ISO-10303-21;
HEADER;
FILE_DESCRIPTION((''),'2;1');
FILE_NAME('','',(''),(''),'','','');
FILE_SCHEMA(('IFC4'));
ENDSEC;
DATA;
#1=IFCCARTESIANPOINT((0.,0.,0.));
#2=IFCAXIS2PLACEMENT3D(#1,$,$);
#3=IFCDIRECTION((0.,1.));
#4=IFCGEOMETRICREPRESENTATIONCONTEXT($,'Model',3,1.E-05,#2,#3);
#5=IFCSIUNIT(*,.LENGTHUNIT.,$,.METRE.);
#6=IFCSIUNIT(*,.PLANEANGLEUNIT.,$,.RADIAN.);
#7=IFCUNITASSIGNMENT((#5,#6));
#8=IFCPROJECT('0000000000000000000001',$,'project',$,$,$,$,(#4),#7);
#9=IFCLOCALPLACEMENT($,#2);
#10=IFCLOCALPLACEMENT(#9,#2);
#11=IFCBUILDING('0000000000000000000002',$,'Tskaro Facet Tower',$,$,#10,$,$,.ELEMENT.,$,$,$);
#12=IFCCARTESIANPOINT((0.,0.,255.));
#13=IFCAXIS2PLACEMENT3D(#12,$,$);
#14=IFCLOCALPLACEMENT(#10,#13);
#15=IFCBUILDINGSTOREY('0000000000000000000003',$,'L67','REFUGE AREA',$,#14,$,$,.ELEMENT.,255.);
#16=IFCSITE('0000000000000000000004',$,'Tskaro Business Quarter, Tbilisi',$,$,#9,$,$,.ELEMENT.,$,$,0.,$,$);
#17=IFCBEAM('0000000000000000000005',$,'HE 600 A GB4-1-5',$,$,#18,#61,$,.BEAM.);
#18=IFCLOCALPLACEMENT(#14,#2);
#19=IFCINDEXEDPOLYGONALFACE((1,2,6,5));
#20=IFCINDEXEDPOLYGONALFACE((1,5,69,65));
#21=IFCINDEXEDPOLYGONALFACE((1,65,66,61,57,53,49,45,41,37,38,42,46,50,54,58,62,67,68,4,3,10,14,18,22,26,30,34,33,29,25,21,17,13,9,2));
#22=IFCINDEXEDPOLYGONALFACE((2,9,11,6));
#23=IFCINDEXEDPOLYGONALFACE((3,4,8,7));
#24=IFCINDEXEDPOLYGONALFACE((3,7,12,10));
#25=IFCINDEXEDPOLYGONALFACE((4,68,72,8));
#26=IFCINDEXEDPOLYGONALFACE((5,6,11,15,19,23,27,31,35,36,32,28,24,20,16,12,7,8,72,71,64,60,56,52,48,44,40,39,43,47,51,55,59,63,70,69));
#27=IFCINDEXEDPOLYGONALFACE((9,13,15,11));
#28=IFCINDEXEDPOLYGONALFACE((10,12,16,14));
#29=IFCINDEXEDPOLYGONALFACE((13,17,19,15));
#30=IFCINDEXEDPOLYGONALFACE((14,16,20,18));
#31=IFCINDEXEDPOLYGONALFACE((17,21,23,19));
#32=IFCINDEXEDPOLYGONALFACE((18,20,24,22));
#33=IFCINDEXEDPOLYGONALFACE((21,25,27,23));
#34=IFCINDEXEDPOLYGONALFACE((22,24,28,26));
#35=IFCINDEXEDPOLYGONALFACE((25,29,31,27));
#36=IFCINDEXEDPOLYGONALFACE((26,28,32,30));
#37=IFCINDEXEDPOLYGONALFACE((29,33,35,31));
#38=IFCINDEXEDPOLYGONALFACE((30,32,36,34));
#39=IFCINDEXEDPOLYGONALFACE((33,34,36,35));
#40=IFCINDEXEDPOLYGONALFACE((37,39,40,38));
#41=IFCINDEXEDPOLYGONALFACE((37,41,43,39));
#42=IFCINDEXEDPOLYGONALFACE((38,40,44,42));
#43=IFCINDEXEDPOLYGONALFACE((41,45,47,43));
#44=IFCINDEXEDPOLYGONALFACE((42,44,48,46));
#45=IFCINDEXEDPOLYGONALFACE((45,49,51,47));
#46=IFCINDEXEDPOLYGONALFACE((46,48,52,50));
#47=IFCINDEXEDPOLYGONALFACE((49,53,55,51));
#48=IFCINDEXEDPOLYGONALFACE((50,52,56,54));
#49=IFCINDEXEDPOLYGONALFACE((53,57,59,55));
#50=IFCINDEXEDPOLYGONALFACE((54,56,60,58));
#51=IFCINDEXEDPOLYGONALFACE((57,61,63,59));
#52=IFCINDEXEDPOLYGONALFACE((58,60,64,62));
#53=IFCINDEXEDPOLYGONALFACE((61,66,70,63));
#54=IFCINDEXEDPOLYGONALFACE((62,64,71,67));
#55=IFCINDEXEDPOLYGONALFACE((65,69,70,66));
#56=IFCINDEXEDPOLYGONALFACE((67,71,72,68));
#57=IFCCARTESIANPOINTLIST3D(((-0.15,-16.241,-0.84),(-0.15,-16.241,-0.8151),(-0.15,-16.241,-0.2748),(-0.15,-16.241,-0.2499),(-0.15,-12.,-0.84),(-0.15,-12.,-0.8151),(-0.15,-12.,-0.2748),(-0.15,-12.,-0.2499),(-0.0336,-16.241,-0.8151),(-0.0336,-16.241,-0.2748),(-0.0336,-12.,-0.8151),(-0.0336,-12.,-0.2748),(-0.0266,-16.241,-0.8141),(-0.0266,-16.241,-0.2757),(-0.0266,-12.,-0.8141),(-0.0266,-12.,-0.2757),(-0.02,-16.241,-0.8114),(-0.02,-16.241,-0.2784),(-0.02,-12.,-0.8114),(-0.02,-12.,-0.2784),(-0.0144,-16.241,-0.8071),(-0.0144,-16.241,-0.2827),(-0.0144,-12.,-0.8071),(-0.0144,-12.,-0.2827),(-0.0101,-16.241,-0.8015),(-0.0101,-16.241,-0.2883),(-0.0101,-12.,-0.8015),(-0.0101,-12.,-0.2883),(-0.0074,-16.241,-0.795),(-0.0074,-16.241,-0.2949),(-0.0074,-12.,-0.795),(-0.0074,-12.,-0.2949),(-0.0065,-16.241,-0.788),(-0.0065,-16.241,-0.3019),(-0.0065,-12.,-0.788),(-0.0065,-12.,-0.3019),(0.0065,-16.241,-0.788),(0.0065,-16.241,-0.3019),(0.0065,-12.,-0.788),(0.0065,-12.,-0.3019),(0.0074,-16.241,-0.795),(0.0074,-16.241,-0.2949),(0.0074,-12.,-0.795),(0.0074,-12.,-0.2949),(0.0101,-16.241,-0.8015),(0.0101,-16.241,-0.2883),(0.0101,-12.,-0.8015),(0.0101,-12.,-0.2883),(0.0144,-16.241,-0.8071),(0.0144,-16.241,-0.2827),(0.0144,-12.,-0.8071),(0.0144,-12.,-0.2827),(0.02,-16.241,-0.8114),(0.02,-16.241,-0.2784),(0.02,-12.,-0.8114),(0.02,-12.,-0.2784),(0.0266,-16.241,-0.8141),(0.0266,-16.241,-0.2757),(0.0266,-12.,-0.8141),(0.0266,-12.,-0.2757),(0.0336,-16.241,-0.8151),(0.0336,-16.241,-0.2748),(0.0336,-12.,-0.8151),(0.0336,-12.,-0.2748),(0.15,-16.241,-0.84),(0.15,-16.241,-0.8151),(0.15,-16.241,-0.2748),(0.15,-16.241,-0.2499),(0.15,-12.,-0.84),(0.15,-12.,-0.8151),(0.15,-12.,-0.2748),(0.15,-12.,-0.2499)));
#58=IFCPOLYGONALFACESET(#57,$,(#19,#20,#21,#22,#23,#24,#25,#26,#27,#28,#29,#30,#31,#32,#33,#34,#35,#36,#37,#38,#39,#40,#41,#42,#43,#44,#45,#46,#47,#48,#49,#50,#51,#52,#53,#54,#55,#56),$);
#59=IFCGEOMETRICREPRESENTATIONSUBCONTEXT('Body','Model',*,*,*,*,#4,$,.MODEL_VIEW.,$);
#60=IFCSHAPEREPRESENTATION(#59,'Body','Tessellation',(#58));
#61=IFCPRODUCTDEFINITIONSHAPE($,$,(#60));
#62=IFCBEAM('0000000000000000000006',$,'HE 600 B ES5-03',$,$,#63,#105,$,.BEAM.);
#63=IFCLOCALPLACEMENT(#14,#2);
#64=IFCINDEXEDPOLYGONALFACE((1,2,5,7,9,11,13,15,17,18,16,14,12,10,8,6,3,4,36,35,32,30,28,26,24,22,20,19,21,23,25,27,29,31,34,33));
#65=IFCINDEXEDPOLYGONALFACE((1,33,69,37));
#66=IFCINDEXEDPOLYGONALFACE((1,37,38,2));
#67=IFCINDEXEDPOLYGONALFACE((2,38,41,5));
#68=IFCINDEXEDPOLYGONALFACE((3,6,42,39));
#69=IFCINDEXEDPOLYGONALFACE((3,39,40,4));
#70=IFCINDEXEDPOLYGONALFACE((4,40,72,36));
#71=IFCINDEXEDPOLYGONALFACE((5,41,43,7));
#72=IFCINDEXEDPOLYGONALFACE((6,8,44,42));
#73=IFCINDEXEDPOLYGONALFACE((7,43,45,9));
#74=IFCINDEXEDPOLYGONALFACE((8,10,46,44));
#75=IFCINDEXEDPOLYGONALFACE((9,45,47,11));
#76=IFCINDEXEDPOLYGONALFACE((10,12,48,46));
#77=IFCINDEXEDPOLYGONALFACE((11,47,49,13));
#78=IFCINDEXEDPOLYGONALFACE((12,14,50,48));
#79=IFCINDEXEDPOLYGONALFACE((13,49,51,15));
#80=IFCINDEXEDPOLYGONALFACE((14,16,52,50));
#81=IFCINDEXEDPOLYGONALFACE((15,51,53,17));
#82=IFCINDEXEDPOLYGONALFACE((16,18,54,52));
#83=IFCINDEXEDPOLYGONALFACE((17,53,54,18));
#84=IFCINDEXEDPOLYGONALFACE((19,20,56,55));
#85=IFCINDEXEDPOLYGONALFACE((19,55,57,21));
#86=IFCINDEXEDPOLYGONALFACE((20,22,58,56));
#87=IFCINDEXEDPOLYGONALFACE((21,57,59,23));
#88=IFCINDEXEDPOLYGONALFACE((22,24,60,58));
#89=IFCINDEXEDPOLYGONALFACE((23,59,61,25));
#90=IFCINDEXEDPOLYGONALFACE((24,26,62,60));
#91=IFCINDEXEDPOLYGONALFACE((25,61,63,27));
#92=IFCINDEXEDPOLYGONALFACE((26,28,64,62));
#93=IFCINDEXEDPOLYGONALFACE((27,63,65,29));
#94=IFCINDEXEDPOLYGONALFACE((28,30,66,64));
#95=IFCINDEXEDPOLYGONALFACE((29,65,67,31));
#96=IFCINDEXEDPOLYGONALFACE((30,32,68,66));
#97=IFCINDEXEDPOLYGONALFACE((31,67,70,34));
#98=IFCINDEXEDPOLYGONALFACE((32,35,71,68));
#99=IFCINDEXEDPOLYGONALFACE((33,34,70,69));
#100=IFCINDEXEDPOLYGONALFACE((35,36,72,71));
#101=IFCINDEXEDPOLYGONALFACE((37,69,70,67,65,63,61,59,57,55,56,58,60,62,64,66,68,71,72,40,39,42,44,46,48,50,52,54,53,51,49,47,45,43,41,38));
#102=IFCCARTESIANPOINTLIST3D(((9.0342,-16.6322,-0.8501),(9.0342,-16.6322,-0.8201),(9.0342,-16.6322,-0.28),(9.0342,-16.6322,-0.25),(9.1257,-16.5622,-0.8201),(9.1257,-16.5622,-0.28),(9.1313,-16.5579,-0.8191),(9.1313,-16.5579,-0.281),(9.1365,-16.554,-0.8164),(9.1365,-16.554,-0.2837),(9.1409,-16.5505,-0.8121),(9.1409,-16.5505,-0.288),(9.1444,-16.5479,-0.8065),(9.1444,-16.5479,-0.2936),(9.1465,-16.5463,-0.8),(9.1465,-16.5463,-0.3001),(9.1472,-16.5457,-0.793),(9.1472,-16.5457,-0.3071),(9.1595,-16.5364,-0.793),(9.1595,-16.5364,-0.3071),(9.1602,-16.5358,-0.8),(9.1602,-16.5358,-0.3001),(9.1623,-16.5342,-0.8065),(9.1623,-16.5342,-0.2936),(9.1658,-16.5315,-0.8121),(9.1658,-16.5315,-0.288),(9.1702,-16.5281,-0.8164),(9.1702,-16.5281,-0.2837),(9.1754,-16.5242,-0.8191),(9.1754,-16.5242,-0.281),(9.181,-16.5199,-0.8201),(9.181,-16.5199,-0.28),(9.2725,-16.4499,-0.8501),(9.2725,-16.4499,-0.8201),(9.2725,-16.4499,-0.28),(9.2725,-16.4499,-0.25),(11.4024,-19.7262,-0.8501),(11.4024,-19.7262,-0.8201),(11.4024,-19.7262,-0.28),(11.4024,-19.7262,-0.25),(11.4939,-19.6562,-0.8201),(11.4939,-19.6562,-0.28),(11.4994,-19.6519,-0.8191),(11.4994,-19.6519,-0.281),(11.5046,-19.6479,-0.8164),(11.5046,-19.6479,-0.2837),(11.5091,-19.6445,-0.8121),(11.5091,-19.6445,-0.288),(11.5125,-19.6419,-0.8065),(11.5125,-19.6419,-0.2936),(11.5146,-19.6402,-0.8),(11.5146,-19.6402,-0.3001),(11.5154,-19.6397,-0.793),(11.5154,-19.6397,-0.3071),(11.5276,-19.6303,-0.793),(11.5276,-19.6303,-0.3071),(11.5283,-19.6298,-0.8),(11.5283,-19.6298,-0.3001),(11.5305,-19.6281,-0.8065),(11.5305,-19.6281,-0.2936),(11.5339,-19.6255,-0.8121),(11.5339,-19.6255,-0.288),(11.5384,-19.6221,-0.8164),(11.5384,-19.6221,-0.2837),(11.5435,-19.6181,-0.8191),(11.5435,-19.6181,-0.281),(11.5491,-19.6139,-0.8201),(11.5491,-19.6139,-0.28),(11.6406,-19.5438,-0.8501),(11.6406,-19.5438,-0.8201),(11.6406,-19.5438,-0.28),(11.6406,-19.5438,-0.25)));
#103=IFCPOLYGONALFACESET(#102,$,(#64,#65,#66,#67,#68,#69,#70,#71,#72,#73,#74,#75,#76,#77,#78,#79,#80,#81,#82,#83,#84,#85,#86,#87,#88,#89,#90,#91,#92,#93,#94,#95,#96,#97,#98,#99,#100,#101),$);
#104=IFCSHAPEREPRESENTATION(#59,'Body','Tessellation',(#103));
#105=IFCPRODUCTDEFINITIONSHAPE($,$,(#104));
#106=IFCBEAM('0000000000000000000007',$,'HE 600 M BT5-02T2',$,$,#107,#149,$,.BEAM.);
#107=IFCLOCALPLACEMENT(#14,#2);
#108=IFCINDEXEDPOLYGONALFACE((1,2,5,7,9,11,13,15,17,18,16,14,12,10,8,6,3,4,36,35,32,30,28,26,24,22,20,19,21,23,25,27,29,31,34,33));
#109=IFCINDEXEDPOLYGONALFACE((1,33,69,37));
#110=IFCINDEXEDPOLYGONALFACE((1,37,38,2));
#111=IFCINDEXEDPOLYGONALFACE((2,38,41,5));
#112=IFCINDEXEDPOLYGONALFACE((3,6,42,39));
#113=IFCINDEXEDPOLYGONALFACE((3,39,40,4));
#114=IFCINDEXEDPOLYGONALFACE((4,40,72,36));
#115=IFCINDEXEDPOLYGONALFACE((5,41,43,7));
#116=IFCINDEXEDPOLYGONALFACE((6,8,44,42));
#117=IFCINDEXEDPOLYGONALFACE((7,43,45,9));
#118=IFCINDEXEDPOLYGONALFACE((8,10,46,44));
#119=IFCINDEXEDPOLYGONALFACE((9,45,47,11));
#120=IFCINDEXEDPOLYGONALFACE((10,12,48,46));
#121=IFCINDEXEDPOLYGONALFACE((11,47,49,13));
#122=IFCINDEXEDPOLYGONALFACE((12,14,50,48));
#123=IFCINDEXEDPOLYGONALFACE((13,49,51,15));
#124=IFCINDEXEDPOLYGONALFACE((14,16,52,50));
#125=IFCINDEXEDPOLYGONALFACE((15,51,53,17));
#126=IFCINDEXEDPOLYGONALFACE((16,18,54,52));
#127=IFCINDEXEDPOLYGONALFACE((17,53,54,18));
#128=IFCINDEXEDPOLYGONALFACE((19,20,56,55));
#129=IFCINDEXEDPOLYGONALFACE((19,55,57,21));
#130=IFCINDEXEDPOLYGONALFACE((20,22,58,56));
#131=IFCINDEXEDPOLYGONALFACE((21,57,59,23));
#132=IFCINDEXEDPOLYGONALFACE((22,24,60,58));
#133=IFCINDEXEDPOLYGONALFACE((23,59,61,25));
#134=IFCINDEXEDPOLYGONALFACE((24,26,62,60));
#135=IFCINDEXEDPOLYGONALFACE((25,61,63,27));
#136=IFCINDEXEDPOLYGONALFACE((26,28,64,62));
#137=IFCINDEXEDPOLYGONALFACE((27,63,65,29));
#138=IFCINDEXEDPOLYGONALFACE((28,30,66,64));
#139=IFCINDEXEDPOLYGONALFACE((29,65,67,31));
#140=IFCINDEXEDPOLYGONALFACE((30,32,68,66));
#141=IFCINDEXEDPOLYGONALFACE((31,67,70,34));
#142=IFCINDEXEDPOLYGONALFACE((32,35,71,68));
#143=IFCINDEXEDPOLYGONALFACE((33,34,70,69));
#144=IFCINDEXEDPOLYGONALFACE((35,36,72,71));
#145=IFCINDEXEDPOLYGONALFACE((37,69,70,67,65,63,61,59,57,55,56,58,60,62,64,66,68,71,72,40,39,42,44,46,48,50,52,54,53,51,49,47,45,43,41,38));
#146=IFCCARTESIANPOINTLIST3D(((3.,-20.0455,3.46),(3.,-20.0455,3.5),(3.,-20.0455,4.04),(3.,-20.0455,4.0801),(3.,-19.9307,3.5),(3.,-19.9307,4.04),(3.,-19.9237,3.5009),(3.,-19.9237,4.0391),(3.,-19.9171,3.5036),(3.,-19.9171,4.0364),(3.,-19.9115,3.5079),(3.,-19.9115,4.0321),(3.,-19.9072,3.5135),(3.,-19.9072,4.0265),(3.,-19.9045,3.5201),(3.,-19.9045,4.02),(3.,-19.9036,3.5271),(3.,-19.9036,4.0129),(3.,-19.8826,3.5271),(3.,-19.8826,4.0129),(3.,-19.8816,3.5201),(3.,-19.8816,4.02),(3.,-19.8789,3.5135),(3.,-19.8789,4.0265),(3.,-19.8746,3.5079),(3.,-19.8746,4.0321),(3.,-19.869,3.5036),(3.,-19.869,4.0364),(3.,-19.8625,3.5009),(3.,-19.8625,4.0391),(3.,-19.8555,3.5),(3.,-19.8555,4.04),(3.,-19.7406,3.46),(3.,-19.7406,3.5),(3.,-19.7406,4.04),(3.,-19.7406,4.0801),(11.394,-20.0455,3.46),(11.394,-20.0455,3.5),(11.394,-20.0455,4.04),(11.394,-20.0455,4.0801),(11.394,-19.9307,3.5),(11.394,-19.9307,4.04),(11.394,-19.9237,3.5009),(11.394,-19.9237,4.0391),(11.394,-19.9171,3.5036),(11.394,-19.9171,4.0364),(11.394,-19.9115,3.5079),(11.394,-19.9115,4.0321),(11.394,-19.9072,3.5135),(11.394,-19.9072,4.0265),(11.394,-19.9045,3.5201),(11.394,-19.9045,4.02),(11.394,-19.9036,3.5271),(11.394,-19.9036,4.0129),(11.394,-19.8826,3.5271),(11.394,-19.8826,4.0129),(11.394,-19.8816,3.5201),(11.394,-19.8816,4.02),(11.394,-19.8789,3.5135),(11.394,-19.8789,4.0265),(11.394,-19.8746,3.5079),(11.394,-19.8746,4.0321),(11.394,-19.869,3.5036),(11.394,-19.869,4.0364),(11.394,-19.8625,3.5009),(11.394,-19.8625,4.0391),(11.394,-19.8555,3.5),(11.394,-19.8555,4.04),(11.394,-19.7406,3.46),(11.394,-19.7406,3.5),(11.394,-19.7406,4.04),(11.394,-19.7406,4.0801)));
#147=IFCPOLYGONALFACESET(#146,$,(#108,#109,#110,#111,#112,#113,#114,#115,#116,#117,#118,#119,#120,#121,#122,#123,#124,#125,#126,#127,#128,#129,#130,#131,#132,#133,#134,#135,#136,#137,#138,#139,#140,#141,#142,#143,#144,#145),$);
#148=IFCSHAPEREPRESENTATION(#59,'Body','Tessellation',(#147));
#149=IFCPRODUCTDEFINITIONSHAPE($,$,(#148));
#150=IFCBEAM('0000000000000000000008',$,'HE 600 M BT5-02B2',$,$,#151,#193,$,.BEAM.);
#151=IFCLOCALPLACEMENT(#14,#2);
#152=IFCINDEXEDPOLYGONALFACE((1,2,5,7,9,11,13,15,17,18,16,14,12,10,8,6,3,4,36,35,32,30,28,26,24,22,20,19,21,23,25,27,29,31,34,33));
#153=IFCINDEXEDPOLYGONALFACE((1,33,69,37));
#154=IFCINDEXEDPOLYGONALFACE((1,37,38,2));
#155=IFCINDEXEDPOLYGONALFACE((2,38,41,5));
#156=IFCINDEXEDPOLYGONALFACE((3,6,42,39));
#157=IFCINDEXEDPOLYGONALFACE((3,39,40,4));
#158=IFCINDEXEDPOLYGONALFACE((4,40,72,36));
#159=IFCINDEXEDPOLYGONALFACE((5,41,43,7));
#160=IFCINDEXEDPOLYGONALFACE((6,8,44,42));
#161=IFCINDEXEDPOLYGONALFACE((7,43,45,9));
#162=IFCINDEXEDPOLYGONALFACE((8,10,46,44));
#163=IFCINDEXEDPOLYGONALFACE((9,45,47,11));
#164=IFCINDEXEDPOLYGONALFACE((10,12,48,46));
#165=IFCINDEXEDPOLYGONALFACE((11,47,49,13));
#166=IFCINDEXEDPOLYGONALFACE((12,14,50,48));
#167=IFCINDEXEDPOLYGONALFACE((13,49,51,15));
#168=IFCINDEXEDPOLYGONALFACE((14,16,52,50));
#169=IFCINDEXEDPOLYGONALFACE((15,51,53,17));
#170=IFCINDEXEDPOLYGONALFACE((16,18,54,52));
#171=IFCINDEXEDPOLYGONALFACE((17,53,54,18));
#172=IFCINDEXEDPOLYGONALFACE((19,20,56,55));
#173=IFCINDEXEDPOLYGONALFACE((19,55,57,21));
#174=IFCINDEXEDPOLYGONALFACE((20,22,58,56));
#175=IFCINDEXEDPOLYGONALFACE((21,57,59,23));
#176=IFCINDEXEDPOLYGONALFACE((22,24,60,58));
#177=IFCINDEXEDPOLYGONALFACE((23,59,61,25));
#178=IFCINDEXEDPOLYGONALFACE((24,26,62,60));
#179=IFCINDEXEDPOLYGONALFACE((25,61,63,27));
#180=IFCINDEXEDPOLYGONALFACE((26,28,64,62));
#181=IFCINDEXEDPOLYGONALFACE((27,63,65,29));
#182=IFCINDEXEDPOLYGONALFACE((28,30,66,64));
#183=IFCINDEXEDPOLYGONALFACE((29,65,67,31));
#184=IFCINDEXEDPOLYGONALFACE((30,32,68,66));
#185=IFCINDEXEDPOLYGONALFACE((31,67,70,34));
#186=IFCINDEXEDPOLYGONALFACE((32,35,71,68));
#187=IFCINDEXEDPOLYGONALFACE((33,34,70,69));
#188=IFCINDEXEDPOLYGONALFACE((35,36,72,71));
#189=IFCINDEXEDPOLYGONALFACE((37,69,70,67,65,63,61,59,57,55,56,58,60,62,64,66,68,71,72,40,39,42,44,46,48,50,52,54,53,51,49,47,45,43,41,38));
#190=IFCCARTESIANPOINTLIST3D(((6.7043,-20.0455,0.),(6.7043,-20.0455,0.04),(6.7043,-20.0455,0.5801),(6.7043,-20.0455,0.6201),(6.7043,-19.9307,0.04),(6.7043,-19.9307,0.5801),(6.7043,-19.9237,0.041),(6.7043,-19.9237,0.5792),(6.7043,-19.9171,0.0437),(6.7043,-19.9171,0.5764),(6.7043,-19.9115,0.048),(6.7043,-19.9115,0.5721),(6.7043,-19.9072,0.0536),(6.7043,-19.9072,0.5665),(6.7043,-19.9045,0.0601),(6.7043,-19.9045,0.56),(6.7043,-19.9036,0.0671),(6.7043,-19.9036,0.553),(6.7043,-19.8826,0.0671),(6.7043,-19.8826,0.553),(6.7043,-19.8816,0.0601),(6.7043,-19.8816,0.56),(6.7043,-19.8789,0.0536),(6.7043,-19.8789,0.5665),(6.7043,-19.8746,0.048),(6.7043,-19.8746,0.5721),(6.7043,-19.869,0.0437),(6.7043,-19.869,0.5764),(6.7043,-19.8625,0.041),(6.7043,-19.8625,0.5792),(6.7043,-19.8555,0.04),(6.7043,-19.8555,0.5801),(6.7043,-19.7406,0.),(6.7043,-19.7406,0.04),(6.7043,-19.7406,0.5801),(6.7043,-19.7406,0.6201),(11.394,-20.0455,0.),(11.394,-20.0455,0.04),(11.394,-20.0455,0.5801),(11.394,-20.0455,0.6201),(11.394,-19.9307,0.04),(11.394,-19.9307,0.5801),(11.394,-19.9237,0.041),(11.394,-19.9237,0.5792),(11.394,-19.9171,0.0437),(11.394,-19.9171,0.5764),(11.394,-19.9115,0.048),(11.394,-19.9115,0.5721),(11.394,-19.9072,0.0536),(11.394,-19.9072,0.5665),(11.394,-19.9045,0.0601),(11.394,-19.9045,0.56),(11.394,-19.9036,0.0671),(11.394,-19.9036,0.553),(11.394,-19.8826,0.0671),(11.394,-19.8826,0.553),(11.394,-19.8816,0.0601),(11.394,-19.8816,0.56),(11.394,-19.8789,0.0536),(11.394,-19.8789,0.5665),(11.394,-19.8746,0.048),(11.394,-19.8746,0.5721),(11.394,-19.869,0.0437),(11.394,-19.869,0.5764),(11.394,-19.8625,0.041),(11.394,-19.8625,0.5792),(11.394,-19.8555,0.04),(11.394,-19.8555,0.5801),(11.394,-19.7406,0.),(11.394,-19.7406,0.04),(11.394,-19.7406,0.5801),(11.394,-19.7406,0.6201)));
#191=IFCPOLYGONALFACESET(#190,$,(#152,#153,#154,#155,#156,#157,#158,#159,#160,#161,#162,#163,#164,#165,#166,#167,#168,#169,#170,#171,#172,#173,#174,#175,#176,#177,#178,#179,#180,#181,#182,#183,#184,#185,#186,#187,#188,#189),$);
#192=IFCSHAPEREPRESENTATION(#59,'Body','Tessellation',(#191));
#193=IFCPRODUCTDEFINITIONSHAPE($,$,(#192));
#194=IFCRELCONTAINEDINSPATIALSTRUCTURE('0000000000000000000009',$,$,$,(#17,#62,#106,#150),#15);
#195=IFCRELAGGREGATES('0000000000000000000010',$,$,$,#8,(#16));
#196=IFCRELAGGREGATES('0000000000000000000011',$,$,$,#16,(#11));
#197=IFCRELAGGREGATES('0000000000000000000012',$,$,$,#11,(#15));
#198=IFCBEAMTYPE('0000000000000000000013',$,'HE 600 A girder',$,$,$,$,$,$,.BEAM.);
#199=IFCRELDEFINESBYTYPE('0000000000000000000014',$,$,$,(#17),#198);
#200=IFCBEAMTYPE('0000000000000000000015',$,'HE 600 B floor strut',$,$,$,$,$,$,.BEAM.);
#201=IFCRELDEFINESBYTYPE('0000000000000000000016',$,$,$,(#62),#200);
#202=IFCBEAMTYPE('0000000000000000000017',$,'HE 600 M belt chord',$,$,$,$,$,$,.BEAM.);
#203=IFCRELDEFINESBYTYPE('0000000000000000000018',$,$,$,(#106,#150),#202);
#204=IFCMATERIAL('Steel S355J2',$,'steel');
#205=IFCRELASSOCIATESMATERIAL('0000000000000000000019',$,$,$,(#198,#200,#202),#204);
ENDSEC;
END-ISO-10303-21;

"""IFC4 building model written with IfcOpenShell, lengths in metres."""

from ifc_helpers import new_model, si_unit, direction, frame, origin, origin_2d, place, context, subcontext, project, spatial, i_section, extrude, material, material_profile, profile_set, type_object, element, save


model = new_model("IFC4")

# Units and contexts
model_context = context("Model", 3, precision=1e-05, world=origin(), true_north=direction((0.0, 1.0)))
body_context = subcontext(model_context, "Body", "Model", "MODEL_VIEW")
ifc_project = project(units=[si_unit("LENGTHUNIT", "METRE"), si_unit("PLANEANGLEUNIT", "RADIAN")], contexts=[model_context])

# Site, building, storey
site_placement = place(None, origin())
site = spatial("IfcSite", under=ifc_project, at=site_placement, Name="Tskaro Business Quarter, Tbilisi", CompositionType="ELEMENT", RefElevation=0.0)
building_placement = place(site_placement, origin())
building = spatial("IfcBuilding", under=site, at=building_placement, Name="Tskaro Facet Tower", CompositionType="ELEMENT")
storey_placement = place(building_placement, frame((0.0, 0.0, 255.0)))
storey = spatial("IfcBuildingStorey", under=building, at=storey_placement, Name="L67", Description="REFUGE AREA", CompositionType="ELEMENT", Elevation=255.0)

# Shared definitions
ifc_material_1 = material(Name="Steel S355J2", Category="steel")

# Beams
ifc_material_profile_1 = material_profile(ifc_material_1, i_section(OverallWidth=0.3, OverallDepth=0.5901, WebThickness=0.0129, FlangeThickness=0.0249, FilletRadius=0.0271, at=origin_2d()), Name="HE 600 A")
ifc_profile_set_1 = profile_set([ifc_material_profile_1], Name="Steel S355J2")
beam_type_1 = type_object("IfcBeamType", Name="HE 600 A girder", PredefinedType="BEAM", material=ifc_profile_set_1)
beam_1_placement = place(storey_placement, frame((0.0, -16.241, -0.5449), z_axis=(0.0, 1.0, 0.0), x_axis=(-1.0, 0.0, 0.0)))
element("IfcBeam", 1, at=beam_1_placement, inside=storey, type_object=beam_type_1, Name="HE 600 A GB4-1-5", PredefinedType="BEAM", context=body_context, shape_type="SweptSolid", body=[
    extrude(i_section(OverallWidth=0.3, OverallDepth=0.5901, WebThickness=0.0129, FlangeThickness=0.0249, FilletRadius=0.0271, at=origin_2d()), origin(), (0.0, 0.0, 1.0), 4.241),
])
ifc_material_profile_2 = material_profile(ifc_material_1, i_section(OverallWidth=0.3, OverallDepth=0.6001, WebThickness=0.0154, FlangeThickness=0.03, FilletRadius=0.0271, at=origin_2d()), Name="HE 600 B")
ifc_profile_set_2 = profile_set([ifc_material_profile_2], Name="Steel S355J2")
beam_type_2 = type_object("IfcBeamType", Name="HE 600 B floor strut", PredefinedType="BEAM", material=ifc_profile_set_2)
beam_2_placement = place(storey_placement, frame((11.5215, -19.635, -0.55), z_axis=(-0.607801, 0.794089, 0.0), x_axis=(-0.794089, -0.607801, 0.0)))
element("IfcBeam", 2, at=beam_2_placement, inside=storey, type_object=beam_type_2, Name="HE 600 B ES5-03", PredefinedType="BEAM", context=body_context, shape_type="SweptSolid", body=[
    extrude(i_section(OverallWidth=0.3, OverallDepth=0.6001, WebThickness=0.0154, FlangeThickness=0.03, FilletRadius=0.0271, at=origin_2d()), origin(), (0.0, 0.0, 1.0), 3.8962),
])
ifc_material_profile_3 = material_profile(ifc_material_1, i_section(OverallWidth=0.3049, OverallDepth=0.6201, WebThickness=0.021, FlangeThickness=0.04, FilletRadius=0.0271, at=origin_2d()), Name="HE 600 M")
ifc_profile_set_3 = profile_set([ifc_material_profile_3], Name="Steel S355J2")
beam_type_3 = type_object("IfcBeamType", Name="HE 600 M belt chord", PredefinedType="BEAM", material=ifc_profile_set_3)
beam_3_placement = place(storey_placement, frame((3.0, -19.8931, 3.77), z_axis=(1.0, 0.0, 0.0), x_axis=(0.0, 1.0, 0.0)))
element("IfcBeam", 3, at=beam_3_placement, inside=storey, type_object=beam_type_3, Name="HE 600 M BT5-02T2", PredefinedType="BEAM", context=body_context, shape_type="SweptSolid", body=[
    extrude(i_section(OverallWidth=0.3049, OverallDepth=0.6201, WebThickness=0.021, FlangeThickness=0.04, FilletRadius=0.0271, at=origin_2d()), origin(), (0.0, 0.0, 1.0), 8.394),
])
beam_4_placement = place(storey_placement, frame((6.7043, -19.8931, 0.3101), z_axis=(1.0, 0.0, 0.0), x_axis=(0.0, 1.0, 0.0)))
element("IfcBeam", 4, at=beam_4_placement, inside=storey, type_object=beam_type_3, Name="HE 600 M BT5-02B2", PredefinedType="BEAM", context=body_context, shape_type="SweptSolid", body=[
    extrude(i_section(OverallWidth=0.3049, OverallDepth=0.6201, WebThickness=0.021, FlangeThickness=0.04, FilletRadius=0.0271, at=origin_2d()), origin(), (0.0, 0.0, 1.0), 4.6897),
])

save(model, "model.ifc")
